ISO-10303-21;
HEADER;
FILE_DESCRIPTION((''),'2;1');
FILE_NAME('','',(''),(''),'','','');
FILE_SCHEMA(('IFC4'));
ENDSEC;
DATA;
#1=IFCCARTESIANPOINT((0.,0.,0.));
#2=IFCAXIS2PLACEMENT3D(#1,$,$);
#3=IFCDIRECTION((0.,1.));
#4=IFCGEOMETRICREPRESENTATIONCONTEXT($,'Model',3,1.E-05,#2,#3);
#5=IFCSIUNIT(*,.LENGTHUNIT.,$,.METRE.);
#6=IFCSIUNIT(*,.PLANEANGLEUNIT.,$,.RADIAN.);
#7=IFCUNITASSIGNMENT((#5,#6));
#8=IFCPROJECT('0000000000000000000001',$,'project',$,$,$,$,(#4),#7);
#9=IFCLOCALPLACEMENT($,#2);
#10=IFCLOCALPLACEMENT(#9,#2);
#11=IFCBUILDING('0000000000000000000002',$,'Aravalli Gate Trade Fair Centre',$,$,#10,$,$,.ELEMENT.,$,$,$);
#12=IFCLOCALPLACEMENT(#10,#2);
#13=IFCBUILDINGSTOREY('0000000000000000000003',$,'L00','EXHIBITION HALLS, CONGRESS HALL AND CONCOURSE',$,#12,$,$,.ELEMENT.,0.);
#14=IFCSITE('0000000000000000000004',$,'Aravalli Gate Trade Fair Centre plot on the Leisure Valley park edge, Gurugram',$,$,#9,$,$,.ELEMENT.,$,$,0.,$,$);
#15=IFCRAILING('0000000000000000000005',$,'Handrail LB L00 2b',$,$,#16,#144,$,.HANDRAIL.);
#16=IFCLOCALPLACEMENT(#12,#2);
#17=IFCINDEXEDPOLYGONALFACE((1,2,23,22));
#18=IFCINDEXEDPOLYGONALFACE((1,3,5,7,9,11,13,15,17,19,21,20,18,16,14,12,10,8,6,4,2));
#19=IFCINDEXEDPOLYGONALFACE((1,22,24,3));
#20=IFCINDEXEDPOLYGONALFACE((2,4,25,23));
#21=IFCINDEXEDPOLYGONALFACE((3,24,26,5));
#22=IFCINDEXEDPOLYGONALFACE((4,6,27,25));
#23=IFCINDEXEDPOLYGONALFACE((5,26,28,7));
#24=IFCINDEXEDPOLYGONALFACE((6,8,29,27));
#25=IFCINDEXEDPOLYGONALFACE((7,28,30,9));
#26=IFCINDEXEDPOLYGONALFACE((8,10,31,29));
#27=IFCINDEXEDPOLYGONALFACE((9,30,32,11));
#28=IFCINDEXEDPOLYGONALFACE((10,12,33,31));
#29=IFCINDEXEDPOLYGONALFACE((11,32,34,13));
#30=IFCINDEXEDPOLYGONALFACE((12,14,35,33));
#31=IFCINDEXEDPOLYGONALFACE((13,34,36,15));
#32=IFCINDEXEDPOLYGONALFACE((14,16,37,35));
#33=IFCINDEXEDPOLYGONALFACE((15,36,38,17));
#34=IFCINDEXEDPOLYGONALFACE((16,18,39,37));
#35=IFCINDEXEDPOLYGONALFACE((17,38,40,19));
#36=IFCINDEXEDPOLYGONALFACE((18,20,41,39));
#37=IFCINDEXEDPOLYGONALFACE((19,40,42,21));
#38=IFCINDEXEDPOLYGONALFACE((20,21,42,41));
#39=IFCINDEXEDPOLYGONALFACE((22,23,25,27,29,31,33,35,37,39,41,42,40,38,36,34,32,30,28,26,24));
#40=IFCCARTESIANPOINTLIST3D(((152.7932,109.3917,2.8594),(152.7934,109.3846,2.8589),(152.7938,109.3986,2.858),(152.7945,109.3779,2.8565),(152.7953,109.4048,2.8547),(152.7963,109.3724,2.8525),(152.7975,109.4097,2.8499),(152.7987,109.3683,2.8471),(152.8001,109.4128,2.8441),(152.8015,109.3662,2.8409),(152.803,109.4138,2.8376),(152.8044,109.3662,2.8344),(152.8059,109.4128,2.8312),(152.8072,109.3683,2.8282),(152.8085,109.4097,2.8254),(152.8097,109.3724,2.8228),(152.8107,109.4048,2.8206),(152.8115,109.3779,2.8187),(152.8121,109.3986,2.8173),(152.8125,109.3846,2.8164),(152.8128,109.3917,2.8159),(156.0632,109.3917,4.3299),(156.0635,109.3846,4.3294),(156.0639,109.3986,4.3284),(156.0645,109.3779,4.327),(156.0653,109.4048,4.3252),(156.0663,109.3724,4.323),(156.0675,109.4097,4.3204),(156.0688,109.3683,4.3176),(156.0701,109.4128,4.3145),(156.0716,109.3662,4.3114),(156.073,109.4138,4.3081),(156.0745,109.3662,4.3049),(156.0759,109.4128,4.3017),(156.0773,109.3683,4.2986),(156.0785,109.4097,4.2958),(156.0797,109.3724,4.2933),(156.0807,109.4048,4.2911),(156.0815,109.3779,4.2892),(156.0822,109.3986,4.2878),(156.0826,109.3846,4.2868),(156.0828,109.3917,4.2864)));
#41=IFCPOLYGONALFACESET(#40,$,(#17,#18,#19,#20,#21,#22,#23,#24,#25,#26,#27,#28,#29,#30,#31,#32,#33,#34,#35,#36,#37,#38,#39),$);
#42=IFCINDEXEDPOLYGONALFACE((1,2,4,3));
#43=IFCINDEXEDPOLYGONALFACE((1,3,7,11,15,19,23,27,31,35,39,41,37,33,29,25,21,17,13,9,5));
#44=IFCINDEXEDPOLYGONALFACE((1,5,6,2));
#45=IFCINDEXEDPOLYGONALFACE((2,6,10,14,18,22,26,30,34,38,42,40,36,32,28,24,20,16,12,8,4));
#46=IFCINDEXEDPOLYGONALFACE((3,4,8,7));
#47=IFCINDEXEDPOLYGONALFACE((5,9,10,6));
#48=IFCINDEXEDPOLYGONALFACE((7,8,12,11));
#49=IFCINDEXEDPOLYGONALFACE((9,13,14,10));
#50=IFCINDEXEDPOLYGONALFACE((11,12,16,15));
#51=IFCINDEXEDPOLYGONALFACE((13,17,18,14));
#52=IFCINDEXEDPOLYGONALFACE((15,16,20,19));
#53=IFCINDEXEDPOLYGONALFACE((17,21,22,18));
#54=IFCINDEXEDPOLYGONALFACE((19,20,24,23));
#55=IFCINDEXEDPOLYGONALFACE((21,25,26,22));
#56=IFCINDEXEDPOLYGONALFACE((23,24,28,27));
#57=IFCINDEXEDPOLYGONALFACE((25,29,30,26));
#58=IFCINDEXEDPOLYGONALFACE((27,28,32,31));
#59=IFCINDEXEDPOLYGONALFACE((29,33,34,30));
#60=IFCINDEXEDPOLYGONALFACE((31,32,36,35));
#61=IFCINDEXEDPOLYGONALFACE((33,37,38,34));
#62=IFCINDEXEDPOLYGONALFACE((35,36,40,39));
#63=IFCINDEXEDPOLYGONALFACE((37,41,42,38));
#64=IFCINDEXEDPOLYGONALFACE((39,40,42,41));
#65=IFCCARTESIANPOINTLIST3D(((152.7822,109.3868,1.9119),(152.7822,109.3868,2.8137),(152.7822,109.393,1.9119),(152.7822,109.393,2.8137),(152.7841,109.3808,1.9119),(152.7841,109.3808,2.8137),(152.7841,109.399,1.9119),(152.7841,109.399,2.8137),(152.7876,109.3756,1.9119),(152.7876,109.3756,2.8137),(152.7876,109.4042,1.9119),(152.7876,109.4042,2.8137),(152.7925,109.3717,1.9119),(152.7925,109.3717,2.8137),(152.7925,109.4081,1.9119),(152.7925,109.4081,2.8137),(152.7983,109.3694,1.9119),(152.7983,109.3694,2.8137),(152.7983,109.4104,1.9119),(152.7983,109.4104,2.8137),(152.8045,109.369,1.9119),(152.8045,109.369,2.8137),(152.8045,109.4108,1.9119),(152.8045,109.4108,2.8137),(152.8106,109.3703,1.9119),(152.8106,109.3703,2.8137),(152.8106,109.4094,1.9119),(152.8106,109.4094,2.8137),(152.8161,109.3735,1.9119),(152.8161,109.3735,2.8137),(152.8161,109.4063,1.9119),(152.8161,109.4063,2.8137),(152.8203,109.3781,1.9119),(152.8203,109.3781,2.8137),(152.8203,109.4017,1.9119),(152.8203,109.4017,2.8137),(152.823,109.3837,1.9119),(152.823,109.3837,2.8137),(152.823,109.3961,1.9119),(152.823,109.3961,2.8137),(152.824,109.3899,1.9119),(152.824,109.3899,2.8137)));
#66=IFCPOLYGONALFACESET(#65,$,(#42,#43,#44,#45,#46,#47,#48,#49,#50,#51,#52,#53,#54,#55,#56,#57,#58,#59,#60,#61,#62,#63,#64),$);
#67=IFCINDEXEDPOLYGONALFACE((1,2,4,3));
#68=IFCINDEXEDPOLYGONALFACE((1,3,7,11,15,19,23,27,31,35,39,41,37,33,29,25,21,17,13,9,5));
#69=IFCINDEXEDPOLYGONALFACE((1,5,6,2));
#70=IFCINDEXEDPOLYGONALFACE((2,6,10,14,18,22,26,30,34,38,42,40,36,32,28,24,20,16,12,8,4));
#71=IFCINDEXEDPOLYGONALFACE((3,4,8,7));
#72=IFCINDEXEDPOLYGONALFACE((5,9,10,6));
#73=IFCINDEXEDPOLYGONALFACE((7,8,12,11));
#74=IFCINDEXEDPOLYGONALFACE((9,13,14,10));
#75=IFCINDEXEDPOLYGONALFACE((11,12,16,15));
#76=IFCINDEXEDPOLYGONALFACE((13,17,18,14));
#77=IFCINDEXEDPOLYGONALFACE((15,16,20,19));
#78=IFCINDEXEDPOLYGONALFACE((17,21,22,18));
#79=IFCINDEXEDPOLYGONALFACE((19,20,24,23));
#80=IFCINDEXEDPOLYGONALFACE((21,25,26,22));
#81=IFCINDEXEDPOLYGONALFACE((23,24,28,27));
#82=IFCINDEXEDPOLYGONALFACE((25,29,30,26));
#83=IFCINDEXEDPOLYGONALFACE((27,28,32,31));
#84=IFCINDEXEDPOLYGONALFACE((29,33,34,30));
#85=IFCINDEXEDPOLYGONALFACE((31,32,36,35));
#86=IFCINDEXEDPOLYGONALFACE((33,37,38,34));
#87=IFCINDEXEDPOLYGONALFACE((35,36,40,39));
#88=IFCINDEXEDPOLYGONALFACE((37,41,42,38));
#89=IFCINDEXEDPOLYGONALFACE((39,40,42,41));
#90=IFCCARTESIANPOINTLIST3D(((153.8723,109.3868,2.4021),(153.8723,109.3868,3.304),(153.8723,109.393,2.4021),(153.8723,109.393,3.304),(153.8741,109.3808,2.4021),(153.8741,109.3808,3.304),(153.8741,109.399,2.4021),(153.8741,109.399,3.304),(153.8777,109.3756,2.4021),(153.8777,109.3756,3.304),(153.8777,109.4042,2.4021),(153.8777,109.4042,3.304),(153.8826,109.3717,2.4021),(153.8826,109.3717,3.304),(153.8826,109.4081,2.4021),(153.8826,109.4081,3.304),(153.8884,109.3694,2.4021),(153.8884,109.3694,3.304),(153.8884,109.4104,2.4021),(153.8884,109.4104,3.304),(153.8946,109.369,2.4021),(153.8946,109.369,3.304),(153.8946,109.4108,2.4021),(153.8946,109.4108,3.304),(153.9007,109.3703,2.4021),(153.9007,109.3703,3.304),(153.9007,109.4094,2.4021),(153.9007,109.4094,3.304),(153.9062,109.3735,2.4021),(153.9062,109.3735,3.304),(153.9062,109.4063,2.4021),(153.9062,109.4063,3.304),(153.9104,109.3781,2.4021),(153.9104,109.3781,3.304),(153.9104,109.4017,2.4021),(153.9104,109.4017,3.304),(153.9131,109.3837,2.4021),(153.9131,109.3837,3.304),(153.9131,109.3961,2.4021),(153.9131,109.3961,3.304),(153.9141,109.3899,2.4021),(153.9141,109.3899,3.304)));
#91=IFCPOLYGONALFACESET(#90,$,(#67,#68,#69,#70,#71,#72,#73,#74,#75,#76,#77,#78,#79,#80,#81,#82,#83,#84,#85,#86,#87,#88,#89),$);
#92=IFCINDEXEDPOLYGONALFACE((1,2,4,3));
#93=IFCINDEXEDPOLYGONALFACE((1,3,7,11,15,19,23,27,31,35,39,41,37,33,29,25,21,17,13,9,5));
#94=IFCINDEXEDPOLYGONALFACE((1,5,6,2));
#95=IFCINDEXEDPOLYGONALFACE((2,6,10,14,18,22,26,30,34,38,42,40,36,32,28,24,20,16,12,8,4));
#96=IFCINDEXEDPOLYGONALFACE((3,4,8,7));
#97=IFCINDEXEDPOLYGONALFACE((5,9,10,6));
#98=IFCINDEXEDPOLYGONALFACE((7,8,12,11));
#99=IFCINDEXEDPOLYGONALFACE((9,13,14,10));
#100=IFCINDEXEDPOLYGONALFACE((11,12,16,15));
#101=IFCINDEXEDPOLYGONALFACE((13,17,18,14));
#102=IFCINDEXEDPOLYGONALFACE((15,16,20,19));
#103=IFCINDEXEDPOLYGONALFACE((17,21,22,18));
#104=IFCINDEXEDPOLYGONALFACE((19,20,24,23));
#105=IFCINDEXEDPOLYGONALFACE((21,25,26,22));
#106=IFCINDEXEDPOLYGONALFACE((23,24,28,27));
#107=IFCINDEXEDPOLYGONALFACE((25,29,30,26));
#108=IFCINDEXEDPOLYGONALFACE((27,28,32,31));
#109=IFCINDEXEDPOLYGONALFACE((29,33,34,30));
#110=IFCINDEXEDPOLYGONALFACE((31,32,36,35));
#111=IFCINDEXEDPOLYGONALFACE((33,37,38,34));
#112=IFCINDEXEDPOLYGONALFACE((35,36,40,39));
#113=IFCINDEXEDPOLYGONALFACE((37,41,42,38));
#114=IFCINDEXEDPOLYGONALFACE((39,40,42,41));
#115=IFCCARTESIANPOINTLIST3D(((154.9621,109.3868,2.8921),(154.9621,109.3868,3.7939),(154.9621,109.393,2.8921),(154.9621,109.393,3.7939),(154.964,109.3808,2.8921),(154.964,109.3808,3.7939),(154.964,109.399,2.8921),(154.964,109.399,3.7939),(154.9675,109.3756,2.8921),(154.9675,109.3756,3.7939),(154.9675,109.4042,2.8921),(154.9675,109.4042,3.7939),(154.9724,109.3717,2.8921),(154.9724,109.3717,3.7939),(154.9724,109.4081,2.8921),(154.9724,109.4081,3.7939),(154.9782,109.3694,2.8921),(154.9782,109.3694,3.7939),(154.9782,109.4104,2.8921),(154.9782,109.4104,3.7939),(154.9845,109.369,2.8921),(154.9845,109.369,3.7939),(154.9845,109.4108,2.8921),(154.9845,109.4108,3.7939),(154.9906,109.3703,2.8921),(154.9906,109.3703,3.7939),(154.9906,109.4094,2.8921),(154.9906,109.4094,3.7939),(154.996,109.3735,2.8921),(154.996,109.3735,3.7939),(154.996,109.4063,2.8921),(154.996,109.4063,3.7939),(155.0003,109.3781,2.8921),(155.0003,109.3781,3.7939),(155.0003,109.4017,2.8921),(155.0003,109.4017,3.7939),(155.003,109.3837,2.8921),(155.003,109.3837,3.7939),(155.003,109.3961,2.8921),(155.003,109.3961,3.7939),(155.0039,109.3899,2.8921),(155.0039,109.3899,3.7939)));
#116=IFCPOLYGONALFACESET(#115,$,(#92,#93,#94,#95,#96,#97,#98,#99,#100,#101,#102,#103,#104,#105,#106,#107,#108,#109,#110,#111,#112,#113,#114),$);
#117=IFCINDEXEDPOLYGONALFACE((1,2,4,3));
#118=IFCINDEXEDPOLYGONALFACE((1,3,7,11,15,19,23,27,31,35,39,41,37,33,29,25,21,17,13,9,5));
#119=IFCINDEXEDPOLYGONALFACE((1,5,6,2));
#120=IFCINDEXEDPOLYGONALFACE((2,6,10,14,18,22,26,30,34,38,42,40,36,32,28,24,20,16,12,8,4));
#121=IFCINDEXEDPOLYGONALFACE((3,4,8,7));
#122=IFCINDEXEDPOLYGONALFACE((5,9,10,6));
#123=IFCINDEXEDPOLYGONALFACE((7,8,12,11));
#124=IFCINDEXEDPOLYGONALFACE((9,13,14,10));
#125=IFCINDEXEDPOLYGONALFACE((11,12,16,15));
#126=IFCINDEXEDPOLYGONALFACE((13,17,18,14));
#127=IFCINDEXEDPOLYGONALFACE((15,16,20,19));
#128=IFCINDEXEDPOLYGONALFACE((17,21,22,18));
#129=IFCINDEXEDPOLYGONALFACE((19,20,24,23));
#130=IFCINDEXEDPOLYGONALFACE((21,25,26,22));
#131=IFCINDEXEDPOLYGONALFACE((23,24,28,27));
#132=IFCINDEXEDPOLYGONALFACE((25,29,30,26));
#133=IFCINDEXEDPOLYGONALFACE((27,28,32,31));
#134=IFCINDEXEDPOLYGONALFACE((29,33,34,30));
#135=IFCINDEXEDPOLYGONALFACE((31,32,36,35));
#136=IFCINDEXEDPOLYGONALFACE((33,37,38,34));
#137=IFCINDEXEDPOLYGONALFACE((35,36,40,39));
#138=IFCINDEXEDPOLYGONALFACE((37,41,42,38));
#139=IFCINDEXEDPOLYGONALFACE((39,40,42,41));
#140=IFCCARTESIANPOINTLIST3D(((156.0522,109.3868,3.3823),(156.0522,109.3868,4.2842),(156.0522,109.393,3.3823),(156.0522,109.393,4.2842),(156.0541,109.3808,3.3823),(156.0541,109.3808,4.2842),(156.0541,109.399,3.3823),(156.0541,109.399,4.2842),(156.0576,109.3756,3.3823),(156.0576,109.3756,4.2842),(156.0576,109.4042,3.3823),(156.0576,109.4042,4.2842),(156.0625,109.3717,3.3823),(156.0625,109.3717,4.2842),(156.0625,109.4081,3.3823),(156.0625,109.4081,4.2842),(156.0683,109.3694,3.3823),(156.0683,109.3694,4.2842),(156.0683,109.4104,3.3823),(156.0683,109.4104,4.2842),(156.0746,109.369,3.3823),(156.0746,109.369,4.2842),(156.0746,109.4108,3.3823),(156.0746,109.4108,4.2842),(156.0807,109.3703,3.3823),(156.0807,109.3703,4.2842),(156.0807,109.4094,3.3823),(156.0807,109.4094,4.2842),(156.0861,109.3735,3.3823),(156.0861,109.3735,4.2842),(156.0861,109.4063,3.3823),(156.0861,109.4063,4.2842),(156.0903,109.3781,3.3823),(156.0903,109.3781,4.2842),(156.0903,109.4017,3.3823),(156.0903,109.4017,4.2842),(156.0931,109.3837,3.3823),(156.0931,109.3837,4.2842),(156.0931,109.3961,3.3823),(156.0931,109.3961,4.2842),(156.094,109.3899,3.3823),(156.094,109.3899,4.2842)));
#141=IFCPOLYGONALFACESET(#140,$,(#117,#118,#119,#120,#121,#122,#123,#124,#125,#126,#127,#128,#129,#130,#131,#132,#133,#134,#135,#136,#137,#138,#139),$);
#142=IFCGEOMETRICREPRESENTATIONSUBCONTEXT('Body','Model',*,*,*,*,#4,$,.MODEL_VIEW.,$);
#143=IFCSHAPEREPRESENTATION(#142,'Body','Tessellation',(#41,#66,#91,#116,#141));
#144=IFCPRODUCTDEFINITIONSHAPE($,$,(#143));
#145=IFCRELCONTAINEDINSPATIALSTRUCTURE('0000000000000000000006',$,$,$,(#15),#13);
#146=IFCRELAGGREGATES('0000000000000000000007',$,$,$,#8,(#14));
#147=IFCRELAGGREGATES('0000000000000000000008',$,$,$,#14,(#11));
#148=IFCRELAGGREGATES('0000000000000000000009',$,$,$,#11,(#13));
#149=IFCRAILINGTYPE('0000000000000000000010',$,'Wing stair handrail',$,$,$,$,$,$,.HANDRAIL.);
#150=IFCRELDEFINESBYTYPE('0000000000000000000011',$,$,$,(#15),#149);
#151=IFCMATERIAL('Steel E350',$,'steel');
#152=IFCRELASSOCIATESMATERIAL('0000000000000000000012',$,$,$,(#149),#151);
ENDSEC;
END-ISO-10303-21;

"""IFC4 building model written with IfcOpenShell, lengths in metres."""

from ifc_helpers import new_model, si_unit, direction, frame, origin, origin_2d, place, context, subcontext, project, spatial, circle, extrude, material, type_object, element, save


model = new_model("IFC4")

# Units and contexts
model_context = context("Model", 3, precision=1e-05, world=origin(), true_north=direction((0.0, 1.0)))
body_context = subcontext(model_context, "Body", "Model", "MODEL_VIEW")
ifc_project = project(units=[si_unit("LENGTHUNIT", "METRE"), si_unit("PLANEANGLEUNIT", "RADIAN")], contexts=[model_context])

# Site, building, storey
site_placement = place(None, origin())
site = spatial("IfcSite", under=ifc_project, at=site_placement, Name="Aravalli Gate Trade Fair Centre plot on the Leisure Valley park edge, Gurugram", CompositionType="ELEMENT", RefElevation=0.0)
building_placement = place(site_placement, origin())
building = spatial("IfcBuilding", under=site, at=building_placement, Name="Aravalli Gate Trade Fair Centre", CompositionType="ELEMENT")
storey_placement = place(building_placement, origin())
storey = spatial("IfcBuildingStorey", under=building, at=storey_placement, Name="L00", Description="EXHIBITION HALLS, CONGRESS HALL AND CONCOURSE", CompositionType="ELEMENT", Elevation=0.0)

# Shared definitions
ifc_material_1 = material(Name="Steel E350", Category="steel")

# Railing
railing_type_1 = type_object("IfcRailingType", Name="Wing stair handrail", PredefinedType="HANDRAIL", material=ifc_material_1)
railing_1_placement = place(storey_placement, frame((152.803, 109.3899, 1.9119)))
element("IfcRailing", 1, at=railing_1_placement, inside=storey, type_object=railing_type_1, Name="Handrail LB L00 2b", PredefinedType="HANDRAIL", context=body_context, shape_type="SweptSolid", body=[
    extrude(circle(Radius=0.0239, at=origin_2d()), frame((0.0, 0.0, 0.9258), z_axis=(0.912031, 0.0, 0.410121), x_axis=(0.0, 1.0, 0.0)), (0.0, 0.0, 1.0), 3.5854),
    extrude(circle(Radius=0.021, at=origin_2d()), origin(), (0.0, 0.0, 1.0), 0.9019),
    extrude(circle(Radius=0.021, at=origin_2d()), frame((1.0901, 0.0, 0.4902)), (0.0, 0.0, 1.0), 0.9019),
    extrude(circle(Radius=0.021, at=origin_2d()), frame((2.1799, 0.0, 0.9802)), (0.0, 0.0, 1.0), 0.9019),
    extrude(circle(Radius=0.021, at=origin_2d()), frame((3.27, 0.0, 1.4705)), (0.0, 0.0, 1.0), 0.9019),
])

save(model, "model.ifc")
